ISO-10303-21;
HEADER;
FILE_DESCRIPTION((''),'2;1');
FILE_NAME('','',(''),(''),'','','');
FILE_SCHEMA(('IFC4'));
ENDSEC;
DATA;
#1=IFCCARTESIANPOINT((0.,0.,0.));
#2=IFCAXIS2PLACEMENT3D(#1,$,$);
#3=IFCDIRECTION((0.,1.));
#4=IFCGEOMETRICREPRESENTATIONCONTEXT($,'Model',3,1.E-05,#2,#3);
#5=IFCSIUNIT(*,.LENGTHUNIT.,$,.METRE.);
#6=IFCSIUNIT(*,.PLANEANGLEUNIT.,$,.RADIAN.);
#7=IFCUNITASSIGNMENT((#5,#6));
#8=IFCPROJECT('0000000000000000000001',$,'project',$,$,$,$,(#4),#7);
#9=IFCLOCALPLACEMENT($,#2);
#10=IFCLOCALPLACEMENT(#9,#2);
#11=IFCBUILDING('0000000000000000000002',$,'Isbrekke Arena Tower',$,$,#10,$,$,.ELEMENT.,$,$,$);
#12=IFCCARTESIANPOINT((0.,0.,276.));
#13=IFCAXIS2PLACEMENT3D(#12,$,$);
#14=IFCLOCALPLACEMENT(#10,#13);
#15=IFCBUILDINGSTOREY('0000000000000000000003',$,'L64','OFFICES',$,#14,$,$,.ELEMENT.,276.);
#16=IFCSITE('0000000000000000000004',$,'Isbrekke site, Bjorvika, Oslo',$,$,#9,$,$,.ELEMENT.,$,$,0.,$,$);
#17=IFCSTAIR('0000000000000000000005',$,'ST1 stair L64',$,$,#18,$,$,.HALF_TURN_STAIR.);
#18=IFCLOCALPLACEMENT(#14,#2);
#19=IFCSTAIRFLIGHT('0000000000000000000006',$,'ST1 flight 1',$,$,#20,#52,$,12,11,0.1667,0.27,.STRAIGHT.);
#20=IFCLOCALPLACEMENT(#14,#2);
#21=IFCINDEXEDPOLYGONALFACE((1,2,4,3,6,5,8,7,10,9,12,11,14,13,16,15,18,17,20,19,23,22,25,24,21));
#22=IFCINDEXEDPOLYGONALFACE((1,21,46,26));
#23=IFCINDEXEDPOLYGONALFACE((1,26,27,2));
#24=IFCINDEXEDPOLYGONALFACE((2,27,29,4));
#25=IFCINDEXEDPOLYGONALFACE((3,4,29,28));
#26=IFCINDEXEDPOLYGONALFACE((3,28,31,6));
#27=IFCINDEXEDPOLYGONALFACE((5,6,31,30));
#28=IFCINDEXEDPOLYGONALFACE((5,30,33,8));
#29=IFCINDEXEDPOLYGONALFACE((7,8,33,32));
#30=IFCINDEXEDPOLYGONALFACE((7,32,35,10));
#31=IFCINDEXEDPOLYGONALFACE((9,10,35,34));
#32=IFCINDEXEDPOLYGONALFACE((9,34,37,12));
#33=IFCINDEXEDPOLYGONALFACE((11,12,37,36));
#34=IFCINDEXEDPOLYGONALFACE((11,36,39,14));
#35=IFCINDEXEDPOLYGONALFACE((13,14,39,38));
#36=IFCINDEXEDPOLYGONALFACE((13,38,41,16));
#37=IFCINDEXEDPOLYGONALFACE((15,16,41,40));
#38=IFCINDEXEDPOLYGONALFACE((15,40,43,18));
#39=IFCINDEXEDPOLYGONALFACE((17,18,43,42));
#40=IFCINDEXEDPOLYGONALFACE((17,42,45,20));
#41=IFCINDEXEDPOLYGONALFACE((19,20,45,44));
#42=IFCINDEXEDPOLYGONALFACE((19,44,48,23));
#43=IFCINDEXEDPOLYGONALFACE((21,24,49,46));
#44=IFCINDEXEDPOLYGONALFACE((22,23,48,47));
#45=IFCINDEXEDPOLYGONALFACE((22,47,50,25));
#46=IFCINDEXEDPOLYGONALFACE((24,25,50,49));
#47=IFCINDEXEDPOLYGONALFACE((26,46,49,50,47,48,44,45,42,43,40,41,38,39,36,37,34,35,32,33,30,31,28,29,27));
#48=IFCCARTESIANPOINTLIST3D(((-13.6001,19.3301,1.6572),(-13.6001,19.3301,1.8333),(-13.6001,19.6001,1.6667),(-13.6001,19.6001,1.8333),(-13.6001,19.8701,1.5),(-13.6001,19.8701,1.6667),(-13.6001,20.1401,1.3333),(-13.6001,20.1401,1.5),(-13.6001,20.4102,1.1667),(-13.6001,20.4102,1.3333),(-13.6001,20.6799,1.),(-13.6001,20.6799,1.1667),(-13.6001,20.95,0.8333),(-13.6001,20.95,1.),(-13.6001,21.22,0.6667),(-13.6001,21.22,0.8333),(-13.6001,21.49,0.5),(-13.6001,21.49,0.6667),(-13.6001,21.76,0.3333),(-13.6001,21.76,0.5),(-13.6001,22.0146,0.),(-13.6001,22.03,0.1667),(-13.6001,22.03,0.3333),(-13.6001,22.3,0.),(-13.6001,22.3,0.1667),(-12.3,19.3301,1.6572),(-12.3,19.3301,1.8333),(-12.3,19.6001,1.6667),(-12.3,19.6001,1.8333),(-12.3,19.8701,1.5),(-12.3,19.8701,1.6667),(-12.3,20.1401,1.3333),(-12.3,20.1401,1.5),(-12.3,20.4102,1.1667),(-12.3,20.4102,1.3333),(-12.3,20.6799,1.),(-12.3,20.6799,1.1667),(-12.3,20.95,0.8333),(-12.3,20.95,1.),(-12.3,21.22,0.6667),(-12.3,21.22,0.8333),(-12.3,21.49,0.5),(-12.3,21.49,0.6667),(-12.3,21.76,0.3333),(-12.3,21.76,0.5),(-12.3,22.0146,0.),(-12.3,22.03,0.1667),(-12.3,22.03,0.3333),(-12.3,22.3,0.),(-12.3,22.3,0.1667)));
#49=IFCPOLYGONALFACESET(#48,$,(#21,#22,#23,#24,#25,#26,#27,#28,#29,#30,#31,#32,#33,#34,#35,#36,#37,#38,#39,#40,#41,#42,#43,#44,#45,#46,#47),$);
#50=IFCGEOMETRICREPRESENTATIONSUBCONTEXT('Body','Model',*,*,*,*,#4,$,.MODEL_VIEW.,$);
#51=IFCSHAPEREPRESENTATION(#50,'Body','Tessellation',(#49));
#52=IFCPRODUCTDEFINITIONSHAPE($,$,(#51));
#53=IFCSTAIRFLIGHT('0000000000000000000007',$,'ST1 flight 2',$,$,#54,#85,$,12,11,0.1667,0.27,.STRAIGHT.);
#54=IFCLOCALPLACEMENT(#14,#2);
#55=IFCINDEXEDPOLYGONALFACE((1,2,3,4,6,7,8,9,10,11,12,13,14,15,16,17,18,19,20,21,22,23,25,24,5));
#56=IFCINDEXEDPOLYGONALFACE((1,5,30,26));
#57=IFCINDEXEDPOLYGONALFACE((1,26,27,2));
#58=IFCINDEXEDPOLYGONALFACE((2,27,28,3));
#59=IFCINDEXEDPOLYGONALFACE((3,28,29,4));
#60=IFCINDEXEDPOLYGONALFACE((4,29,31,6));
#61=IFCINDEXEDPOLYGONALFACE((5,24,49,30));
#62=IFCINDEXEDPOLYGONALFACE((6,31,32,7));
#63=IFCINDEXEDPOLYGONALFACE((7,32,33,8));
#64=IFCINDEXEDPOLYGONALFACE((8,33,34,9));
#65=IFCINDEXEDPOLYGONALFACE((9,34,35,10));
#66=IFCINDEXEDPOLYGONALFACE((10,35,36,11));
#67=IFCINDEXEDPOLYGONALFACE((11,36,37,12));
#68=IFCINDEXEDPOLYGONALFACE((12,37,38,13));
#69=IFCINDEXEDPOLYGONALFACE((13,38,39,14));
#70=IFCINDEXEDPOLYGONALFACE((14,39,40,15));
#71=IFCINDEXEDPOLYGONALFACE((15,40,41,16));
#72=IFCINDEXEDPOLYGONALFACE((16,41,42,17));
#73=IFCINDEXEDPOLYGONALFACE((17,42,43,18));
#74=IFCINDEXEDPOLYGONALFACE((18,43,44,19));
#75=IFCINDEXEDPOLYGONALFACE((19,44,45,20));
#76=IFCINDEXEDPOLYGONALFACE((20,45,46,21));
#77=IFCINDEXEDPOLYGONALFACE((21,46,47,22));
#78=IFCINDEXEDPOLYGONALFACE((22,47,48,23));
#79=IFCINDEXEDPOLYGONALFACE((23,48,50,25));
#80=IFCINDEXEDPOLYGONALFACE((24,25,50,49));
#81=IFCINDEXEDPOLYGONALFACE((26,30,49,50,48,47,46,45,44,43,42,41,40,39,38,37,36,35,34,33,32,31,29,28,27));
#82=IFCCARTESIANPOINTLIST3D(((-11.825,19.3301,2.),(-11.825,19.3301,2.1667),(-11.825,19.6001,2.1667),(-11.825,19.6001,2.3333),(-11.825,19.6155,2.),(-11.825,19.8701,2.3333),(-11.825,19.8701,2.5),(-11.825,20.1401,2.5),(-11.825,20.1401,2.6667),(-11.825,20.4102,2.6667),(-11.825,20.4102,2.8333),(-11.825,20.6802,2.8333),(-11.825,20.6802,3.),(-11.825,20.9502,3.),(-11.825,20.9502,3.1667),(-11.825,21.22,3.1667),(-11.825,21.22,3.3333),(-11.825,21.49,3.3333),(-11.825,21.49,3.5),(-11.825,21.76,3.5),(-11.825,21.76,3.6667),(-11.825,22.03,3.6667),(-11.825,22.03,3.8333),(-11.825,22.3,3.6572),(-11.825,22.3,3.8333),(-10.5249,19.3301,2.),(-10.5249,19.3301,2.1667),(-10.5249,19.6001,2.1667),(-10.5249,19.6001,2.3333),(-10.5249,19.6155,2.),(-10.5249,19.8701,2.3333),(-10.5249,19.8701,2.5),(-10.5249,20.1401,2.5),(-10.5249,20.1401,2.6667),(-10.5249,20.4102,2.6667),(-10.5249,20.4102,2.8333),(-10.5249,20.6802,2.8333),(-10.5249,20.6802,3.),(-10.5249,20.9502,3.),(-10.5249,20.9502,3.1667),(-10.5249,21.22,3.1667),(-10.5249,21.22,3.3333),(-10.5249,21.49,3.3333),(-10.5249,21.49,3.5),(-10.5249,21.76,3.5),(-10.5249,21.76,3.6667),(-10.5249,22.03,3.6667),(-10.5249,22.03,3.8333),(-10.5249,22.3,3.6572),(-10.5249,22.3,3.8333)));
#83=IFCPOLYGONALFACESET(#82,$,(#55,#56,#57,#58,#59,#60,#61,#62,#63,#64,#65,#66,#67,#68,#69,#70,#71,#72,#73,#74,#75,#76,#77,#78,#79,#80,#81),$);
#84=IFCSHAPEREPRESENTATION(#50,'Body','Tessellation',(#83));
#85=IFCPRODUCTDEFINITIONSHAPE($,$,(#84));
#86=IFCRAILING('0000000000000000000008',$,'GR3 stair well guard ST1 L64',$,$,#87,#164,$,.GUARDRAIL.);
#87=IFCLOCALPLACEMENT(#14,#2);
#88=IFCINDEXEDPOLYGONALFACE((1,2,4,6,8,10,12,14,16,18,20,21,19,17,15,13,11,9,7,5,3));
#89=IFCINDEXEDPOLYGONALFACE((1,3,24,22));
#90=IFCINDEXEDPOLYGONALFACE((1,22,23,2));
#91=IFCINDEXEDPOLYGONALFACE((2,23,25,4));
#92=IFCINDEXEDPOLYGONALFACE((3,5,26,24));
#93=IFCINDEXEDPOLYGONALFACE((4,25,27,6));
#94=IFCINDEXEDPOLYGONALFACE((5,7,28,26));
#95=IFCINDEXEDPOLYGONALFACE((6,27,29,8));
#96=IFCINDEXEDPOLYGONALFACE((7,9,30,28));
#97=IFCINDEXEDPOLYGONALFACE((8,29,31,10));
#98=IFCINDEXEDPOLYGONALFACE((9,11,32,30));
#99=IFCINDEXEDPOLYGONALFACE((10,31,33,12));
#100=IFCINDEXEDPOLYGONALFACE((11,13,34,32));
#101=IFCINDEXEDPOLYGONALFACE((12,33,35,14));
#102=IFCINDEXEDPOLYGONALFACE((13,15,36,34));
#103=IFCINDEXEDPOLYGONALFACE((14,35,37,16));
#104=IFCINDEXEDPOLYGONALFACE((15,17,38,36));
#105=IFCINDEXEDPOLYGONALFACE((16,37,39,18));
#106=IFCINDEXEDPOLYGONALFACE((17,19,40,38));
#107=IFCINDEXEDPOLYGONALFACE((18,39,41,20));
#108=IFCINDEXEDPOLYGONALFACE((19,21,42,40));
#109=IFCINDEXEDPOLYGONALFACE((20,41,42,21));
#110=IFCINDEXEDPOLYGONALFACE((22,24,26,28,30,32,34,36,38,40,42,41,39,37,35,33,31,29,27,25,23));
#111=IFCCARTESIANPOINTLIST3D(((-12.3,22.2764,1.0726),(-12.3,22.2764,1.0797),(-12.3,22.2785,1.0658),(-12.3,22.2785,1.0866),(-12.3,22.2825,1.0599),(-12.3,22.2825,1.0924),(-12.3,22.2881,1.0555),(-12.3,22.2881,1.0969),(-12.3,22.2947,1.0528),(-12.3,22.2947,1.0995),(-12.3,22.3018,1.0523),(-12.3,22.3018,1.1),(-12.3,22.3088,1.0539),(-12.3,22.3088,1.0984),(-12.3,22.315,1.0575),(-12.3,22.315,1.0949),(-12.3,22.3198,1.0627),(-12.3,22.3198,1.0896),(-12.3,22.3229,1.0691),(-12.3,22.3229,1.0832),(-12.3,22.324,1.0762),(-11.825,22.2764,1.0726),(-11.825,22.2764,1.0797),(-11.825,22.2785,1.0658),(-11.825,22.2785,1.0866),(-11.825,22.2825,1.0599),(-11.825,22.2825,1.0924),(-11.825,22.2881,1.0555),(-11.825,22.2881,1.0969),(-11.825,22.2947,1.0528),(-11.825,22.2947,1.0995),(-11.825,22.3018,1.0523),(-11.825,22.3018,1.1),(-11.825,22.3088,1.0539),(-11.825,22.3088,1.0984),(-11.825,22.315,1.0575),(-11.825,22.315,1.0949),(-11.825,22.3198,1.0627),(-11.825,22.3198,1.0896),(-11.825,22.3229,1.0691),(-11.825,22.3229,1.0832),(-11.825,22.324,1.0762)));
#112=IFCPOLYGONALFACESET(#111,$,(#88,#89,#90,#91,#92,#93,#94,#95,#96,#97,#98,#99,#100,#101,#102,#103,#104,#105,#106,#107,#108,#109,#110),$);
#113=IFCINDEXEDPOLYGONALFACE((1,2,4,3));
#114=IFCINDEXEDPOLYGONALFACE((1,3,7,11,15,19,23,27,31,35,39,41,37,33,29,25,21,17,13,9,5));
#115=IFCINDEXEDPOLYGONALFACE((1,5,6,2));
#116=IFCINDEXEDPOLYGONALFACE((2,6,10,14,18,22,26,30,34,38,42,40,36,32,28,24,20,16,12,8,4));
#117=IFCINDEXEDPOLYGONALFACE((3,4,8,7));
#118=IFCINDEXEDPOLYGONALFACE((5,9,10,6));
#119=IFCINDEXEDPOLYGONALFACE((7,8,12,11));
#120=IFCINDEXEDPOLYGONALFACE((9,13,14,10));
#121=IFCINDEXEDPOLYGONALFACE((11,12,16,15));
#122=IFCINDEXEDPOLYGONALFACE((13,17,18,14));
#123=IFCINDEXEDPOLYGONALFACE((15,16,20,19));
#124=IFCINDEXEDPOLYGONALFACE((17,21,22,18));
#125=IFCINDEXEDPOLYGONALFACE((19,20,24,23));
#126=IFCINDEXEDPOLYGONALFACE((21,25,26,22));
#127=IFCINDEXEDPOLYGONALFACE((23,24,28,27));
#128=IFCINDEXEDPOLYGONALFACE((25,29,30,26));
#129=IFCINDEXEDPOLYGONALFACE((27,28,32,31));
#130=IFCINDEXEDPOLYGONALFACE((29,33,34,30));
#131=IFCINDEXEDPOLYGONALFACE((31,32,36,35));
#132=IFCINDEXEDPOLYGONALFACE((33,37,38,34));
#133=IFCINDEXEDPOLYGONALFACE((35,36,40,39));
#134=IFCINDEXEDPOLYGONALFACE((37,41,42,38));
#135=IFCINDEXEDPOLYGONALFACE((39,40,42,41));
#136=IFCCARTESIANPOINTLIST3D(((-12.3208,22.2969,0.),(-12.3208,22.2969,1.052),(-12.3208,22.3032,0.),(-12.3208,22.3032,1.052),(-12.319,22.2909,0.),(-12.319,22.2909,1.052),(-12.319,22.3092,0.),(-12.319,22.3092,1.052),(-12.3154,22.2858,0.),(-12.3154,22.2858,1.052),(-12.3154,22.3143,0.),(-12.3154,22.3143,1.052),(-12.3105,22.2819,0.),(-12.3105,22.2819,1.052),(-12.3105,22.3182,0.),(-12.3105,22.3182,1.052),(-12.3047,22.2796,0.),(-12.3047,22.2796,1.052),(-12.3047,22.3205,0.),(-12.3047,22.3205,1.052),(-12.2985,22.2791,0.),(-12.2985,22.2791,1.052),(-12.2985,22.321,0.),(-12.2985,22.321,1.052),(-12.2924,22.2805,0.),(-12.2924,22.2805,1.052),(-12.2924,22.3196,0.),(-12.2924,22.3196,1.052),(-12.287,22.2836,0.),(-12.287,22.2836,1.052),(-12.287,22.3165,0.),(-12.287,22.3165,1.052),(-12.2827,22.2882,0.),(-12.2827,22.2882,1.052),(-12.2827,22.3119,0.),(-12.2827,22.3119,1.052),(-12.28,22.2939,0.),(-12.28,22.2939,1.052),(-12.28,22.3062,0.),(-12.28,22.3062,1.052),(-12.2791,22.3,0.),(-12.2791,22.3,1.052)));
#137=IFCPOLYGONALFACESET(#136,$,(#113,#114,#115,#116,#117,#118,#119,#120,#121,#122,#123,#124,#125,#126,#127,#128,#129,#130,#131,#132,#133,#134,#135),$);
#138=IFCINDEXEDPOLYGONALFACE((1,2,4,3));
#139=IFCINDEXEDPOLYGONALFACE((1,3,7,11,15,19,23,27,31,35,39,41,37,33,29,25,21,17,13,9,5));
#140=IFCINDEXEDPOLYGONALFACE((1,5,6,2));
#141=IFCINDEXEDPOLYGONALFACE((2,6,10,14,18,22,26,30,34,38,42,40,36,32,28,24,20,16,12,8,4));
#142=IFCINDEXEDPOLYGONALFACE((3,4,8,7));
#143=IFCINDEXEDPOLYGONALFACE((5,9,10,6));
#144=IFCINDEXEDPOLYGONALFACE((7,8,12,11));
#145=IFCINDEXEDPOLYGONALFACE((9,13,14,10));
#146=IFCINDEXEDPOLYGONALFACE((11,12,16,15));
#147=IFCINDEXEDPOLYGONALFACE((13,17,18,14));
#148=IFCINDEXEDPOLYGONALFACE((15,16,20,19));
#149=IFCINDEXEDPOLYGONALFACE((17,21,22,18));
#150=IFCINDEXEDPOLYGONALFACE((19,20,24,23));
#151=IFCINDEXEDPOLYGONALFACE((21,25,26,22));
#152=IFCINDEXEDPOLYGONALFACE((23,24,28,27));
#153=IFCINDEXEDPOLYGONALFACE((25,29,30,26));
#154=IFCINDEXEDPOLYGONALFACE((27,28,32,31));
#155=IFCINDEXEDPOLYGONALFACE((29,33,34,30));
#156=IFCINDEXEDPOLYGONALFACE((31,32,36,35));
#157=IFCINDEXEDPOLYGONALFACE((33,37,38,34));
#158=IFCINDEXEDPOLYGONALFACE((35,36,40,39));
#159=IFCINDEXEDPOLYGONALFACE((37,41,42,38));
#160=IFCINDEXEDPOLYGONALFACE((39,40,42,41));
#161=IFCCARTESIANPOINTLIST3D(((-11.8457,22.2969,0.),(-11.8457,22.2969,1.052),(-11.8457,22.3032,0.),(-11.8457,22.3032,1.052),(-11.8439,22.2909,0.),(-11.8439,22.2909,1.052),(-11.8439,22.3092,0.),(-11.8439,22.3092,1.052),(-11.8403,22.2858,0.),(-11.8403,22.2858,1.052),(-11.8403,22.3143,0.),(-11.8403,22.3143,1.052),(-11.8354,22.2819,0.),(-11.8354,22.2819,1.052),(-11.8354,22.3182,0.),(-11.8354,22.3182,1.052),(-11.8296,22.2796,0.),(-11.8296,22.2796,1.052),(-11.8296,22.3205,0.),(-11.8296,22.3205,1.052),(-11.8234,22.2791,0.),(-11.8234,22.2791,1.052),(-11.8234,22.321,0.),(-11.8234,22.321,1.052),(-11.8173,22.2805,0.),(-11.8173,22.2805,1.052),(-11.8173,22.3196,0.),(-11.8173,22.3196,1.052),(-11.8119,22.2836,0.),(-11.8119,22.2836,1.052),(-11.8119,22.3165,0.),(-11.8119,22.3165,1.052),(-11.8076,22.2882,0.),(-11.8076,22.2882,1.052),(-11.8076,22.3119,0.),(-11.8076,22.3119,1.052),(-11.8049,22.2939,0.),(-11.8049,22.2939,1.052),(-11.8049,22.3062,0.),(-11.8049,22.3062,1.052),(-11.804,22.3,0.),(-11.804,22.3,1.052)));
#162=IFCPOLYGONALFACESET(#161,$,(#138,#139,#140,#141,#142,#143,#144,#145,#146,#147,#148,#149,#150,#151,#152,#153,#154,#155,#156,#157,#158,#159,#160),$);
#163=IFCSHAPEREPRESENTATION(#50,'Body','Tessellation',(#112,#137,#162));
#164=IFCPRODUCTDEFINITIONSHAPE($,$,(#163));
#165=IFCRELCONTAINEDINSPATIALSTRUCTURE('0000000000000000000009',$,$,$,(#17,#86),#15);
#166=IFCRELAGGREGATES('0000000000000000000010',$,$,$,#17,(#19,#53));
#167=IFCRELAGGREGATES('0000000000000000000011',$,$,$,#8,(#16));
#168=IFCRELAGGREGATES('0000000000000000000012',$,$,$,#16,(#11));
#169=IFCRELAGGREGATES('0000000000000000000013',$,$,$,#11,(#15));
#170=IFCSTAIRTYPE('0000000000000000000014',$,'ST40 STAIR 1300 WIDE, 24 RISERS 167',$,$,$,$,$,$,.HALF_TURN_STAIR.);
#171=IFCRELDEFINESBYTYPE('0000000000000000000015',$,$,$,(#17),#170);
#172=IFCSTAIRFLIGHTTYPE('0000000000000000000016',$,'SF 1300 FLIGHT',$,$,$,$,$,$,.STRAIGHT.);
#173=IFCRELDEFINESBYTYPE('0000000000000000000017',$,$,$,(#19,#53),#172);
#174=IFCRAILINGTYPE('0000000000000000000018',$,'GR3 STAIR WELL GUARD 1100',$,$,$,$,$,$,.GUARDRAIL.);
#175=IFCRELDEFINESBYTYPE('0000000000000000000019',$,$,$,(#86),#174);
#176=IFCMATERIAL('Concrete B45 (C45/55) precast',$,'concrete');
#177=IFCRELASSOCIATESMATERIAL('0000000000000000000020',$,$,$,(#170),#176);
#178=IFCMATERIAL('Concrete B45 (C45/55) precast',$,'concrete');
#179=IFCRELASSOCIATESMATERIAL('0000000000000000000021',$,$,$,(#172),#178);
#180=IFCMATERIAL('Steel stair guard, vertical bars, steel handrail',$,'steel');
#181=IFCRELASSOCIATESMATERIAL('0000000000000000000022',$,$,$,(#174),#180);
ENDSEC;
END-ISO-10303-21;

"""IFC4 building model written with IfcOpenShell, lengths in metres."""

from ifc_helpers import new_model, si_unit, direction, frame, origin, origin_2d, place, context, subcontext, project, spatial, polyline, circle, outline, extrude, material, type_object, element, aggregate, save


model = new_model("IFC4")

# Units and contexts
model_context = context("Model", 3, precision=1e-05, world=origin(), true_north=direction((0.0, 1.0)))
body_context = subcontext(model_context, "Body", "Model", "MODEL_VIEW")
ifc_project = project(units=[si_unit("LENGTHUNIT", "METRE"), si_unit("PLANEANGLEUNIT", "RADIAN")], contexts=[model_context])

# Site, building, storey
site_placement = place(None, origin())
site = spatial("IfcSite", under=ifc_project, at=site_placement, Name="Isbrekke site, Bjorvika, Oslo", CompositionType="ELEMENT", RefElevation=0.0)
building_placement = place(site_placement, origin())
building = spatial("IfcBuilding", under=site, at=building_placement, Name="Isbrekke Arena Tower", CompositionType="ELEMENT")
storey_placement = place(building_placement, frame((0.0, 0.0, 276.0)))
storey = spatial("IfcBuildingStorey", under=building, at=storey_placement, Name="L64", Description="OFFICES", CompositionType="ELEMENT", Elevation=276.0)

# Stair, stair flights
ifc_material_1 = material(Name="Concrete B45 (C45/55) precast", Category="concrete")
stair_type = type_object("IfcStairType", Name="ST40 STAIR 1300 WIDE, 24 RISERS 167", PredefinedType="HALF_TURN_STAIR", material=ifc_material_1)
stair_placement = place(storey_placement, origin())
stair = element("IfcStair", 1, at=stair_placement, inside=storey, type_object=stair_type, Name="ST1 stair L64", PredefinedType="HALF_TURN_STAIR")
ifc_material_2 = material(Name="Concrete B45 (C45/55) precast", Category="concrete")
stair_flight_type = type_object("IfcStairFlightType", Name="SF 1300 FLIGHT", PredefinedType="STRAIGHT", material=ifc_material_2)
stair_flight_1_placement = place(storey_placement, frame((-12.95, 22.3, 0.0), z_axis=(0.0, 0.0, 1.0), x_axis=(0.0, -1.0, 0.0)))
stair_flight_1 = element("IfcStairFlight", 2, at=stair_flight_1_placement, type_object=stair_flight_type, Name="ST1 flight 1", NumberOfRisers=12, NumberOfTreads=11, PredefinedType="STRAIGHT", RiserHeight=0.1667, TreadLength=0.27, context=body_context, shape_type="SweptSolid", body=[
    extrude(outline(polyline([(0.0, 0.0), (0.0, 0.1667), (0.27, 0.1667), (0.27, 0.3333), (0.54, 0.3333), (0.54, 0.5), (0.8101, 0.5), (0.8101, 0.6667), (1.0801, 0.6667), (1.0801, 0.8333), (1.3501, 0.8333), (1.3501, 1.0), (1.6201, 1.0), (1.6201, 1.1667), (1.8899, 1.1667), (1.8899, 1.3333), (2.1599, 1.3333), (2.1599, 1.5), (2.4299, 1.5), (2.4299, 1.6667), (2.7, 1.6667), (2.7, 1.8333), (2.97, 1.8333), (2.97, 2.0), (2.97, 1.6572), (0.2854, 0.0), (0.0, 0.0)])), frame((0.0, 0.6499, 0.0), z_axis=(0.0, -1.0, 0.0), x_axis=(1.0, 0.0, 0.0)), (0.0, 0.0, 1.0), 1.3),
])
stair_flight_2_placement = place(storey_placement, frame((-11.175, 19.3301, 2.0), z_axis=(0.0, 0.0, 1.0), x_axis=(0.0, 1.0, 0.0)))
stair_flight_2 = element("IfcStairFlight", 3, at=stair_flight_2_placement, type_object=stair_flight_type, Name="ST1 flight 2", NumberOfRisers=12, NumberOfTreads=11, PredefinedType="STRAIGHT", RiserHeight=0.1667, TreadLength=0.27, context=body_context, shape_type="SweptSolid", body=[
    extrude(outline(polyline([(0.0, 0.0), (0.0, 0.1667), (0.27, 0.1667), (0.27, 0.3333), (0.54, 0.3333), (0.54, 0.5), (0.8101, 0.5), (0.8101, 0.6667), (1.0801, 0.6667), (1.0801, 0.8333), (1.3501, 0.8333), (1.3501, 1.0), (1.6201, 1.0), (1.6201, 1.1667), (1.8899, 1.1667), (1.8899, 1.3333), (2.1599, 1.3333), (2.1599, 1.5), (2.4299, 1.5), (2.4299, 1.6667), (2.7, 1.6667), (2.7, 1.8333), (2.97, 1.8333), (2.97, 2.0), (2.97, 1.6572), (0.2854, 0.0), (0.0, 0.0)])), frame((0.0, 0.6499, 0.0), z_axis=(0.0, -1.0, 0.0), x_axis=(1.0, 0.0, 0.0)), (0.0, 0.0, 1.0), 1.3),
])
aggregate(stair, [stair_flight_1, stair_flight_2])

# Railing
ifc_material_3 = material(Name="Steel stair guard, vertical bars, steel handrail", Category="steel")
railing_type = type_object("IfcRailingType", Name="GR3 STAIR WELL GUARD 1100", PredefinedType="GUARDRAIL", material=ifc_material_3)
for number, where, name in (
    (4, (-12.3, 22.3, 0.0), "GR3 stair well guard ST1 L64"),
):
    element("IfcRailing", number, at=place(storey_placement, frame(where)), inside=storey, type_object=railing_type, Name=name, PredefinedType="GUARDRAIL", context=body_context, shape_type="SweptSolid", body=[
        extrude(circle(Radius=0.0239, at=origin_2d()), frame((0.0, 0.0, 1.0762), z_axis=(1.0, 0.0, 0.0), x_axis=(0.0, 1.0, 0.0)), (0.0, 0.0, 1.0), 0.4751),
        extrude(circle(Radius=0.021, at=origin_2d()), origin(), (0.0, 0.0, 1.0), 1.052),
        extrude(circle(Radius=0.021, at=origin_2d()), frame((0.4751, 0.0, 0.0)), (0.0, 0.0, 1.0), 1.052),
    ])

save(model, "model.ifc")
